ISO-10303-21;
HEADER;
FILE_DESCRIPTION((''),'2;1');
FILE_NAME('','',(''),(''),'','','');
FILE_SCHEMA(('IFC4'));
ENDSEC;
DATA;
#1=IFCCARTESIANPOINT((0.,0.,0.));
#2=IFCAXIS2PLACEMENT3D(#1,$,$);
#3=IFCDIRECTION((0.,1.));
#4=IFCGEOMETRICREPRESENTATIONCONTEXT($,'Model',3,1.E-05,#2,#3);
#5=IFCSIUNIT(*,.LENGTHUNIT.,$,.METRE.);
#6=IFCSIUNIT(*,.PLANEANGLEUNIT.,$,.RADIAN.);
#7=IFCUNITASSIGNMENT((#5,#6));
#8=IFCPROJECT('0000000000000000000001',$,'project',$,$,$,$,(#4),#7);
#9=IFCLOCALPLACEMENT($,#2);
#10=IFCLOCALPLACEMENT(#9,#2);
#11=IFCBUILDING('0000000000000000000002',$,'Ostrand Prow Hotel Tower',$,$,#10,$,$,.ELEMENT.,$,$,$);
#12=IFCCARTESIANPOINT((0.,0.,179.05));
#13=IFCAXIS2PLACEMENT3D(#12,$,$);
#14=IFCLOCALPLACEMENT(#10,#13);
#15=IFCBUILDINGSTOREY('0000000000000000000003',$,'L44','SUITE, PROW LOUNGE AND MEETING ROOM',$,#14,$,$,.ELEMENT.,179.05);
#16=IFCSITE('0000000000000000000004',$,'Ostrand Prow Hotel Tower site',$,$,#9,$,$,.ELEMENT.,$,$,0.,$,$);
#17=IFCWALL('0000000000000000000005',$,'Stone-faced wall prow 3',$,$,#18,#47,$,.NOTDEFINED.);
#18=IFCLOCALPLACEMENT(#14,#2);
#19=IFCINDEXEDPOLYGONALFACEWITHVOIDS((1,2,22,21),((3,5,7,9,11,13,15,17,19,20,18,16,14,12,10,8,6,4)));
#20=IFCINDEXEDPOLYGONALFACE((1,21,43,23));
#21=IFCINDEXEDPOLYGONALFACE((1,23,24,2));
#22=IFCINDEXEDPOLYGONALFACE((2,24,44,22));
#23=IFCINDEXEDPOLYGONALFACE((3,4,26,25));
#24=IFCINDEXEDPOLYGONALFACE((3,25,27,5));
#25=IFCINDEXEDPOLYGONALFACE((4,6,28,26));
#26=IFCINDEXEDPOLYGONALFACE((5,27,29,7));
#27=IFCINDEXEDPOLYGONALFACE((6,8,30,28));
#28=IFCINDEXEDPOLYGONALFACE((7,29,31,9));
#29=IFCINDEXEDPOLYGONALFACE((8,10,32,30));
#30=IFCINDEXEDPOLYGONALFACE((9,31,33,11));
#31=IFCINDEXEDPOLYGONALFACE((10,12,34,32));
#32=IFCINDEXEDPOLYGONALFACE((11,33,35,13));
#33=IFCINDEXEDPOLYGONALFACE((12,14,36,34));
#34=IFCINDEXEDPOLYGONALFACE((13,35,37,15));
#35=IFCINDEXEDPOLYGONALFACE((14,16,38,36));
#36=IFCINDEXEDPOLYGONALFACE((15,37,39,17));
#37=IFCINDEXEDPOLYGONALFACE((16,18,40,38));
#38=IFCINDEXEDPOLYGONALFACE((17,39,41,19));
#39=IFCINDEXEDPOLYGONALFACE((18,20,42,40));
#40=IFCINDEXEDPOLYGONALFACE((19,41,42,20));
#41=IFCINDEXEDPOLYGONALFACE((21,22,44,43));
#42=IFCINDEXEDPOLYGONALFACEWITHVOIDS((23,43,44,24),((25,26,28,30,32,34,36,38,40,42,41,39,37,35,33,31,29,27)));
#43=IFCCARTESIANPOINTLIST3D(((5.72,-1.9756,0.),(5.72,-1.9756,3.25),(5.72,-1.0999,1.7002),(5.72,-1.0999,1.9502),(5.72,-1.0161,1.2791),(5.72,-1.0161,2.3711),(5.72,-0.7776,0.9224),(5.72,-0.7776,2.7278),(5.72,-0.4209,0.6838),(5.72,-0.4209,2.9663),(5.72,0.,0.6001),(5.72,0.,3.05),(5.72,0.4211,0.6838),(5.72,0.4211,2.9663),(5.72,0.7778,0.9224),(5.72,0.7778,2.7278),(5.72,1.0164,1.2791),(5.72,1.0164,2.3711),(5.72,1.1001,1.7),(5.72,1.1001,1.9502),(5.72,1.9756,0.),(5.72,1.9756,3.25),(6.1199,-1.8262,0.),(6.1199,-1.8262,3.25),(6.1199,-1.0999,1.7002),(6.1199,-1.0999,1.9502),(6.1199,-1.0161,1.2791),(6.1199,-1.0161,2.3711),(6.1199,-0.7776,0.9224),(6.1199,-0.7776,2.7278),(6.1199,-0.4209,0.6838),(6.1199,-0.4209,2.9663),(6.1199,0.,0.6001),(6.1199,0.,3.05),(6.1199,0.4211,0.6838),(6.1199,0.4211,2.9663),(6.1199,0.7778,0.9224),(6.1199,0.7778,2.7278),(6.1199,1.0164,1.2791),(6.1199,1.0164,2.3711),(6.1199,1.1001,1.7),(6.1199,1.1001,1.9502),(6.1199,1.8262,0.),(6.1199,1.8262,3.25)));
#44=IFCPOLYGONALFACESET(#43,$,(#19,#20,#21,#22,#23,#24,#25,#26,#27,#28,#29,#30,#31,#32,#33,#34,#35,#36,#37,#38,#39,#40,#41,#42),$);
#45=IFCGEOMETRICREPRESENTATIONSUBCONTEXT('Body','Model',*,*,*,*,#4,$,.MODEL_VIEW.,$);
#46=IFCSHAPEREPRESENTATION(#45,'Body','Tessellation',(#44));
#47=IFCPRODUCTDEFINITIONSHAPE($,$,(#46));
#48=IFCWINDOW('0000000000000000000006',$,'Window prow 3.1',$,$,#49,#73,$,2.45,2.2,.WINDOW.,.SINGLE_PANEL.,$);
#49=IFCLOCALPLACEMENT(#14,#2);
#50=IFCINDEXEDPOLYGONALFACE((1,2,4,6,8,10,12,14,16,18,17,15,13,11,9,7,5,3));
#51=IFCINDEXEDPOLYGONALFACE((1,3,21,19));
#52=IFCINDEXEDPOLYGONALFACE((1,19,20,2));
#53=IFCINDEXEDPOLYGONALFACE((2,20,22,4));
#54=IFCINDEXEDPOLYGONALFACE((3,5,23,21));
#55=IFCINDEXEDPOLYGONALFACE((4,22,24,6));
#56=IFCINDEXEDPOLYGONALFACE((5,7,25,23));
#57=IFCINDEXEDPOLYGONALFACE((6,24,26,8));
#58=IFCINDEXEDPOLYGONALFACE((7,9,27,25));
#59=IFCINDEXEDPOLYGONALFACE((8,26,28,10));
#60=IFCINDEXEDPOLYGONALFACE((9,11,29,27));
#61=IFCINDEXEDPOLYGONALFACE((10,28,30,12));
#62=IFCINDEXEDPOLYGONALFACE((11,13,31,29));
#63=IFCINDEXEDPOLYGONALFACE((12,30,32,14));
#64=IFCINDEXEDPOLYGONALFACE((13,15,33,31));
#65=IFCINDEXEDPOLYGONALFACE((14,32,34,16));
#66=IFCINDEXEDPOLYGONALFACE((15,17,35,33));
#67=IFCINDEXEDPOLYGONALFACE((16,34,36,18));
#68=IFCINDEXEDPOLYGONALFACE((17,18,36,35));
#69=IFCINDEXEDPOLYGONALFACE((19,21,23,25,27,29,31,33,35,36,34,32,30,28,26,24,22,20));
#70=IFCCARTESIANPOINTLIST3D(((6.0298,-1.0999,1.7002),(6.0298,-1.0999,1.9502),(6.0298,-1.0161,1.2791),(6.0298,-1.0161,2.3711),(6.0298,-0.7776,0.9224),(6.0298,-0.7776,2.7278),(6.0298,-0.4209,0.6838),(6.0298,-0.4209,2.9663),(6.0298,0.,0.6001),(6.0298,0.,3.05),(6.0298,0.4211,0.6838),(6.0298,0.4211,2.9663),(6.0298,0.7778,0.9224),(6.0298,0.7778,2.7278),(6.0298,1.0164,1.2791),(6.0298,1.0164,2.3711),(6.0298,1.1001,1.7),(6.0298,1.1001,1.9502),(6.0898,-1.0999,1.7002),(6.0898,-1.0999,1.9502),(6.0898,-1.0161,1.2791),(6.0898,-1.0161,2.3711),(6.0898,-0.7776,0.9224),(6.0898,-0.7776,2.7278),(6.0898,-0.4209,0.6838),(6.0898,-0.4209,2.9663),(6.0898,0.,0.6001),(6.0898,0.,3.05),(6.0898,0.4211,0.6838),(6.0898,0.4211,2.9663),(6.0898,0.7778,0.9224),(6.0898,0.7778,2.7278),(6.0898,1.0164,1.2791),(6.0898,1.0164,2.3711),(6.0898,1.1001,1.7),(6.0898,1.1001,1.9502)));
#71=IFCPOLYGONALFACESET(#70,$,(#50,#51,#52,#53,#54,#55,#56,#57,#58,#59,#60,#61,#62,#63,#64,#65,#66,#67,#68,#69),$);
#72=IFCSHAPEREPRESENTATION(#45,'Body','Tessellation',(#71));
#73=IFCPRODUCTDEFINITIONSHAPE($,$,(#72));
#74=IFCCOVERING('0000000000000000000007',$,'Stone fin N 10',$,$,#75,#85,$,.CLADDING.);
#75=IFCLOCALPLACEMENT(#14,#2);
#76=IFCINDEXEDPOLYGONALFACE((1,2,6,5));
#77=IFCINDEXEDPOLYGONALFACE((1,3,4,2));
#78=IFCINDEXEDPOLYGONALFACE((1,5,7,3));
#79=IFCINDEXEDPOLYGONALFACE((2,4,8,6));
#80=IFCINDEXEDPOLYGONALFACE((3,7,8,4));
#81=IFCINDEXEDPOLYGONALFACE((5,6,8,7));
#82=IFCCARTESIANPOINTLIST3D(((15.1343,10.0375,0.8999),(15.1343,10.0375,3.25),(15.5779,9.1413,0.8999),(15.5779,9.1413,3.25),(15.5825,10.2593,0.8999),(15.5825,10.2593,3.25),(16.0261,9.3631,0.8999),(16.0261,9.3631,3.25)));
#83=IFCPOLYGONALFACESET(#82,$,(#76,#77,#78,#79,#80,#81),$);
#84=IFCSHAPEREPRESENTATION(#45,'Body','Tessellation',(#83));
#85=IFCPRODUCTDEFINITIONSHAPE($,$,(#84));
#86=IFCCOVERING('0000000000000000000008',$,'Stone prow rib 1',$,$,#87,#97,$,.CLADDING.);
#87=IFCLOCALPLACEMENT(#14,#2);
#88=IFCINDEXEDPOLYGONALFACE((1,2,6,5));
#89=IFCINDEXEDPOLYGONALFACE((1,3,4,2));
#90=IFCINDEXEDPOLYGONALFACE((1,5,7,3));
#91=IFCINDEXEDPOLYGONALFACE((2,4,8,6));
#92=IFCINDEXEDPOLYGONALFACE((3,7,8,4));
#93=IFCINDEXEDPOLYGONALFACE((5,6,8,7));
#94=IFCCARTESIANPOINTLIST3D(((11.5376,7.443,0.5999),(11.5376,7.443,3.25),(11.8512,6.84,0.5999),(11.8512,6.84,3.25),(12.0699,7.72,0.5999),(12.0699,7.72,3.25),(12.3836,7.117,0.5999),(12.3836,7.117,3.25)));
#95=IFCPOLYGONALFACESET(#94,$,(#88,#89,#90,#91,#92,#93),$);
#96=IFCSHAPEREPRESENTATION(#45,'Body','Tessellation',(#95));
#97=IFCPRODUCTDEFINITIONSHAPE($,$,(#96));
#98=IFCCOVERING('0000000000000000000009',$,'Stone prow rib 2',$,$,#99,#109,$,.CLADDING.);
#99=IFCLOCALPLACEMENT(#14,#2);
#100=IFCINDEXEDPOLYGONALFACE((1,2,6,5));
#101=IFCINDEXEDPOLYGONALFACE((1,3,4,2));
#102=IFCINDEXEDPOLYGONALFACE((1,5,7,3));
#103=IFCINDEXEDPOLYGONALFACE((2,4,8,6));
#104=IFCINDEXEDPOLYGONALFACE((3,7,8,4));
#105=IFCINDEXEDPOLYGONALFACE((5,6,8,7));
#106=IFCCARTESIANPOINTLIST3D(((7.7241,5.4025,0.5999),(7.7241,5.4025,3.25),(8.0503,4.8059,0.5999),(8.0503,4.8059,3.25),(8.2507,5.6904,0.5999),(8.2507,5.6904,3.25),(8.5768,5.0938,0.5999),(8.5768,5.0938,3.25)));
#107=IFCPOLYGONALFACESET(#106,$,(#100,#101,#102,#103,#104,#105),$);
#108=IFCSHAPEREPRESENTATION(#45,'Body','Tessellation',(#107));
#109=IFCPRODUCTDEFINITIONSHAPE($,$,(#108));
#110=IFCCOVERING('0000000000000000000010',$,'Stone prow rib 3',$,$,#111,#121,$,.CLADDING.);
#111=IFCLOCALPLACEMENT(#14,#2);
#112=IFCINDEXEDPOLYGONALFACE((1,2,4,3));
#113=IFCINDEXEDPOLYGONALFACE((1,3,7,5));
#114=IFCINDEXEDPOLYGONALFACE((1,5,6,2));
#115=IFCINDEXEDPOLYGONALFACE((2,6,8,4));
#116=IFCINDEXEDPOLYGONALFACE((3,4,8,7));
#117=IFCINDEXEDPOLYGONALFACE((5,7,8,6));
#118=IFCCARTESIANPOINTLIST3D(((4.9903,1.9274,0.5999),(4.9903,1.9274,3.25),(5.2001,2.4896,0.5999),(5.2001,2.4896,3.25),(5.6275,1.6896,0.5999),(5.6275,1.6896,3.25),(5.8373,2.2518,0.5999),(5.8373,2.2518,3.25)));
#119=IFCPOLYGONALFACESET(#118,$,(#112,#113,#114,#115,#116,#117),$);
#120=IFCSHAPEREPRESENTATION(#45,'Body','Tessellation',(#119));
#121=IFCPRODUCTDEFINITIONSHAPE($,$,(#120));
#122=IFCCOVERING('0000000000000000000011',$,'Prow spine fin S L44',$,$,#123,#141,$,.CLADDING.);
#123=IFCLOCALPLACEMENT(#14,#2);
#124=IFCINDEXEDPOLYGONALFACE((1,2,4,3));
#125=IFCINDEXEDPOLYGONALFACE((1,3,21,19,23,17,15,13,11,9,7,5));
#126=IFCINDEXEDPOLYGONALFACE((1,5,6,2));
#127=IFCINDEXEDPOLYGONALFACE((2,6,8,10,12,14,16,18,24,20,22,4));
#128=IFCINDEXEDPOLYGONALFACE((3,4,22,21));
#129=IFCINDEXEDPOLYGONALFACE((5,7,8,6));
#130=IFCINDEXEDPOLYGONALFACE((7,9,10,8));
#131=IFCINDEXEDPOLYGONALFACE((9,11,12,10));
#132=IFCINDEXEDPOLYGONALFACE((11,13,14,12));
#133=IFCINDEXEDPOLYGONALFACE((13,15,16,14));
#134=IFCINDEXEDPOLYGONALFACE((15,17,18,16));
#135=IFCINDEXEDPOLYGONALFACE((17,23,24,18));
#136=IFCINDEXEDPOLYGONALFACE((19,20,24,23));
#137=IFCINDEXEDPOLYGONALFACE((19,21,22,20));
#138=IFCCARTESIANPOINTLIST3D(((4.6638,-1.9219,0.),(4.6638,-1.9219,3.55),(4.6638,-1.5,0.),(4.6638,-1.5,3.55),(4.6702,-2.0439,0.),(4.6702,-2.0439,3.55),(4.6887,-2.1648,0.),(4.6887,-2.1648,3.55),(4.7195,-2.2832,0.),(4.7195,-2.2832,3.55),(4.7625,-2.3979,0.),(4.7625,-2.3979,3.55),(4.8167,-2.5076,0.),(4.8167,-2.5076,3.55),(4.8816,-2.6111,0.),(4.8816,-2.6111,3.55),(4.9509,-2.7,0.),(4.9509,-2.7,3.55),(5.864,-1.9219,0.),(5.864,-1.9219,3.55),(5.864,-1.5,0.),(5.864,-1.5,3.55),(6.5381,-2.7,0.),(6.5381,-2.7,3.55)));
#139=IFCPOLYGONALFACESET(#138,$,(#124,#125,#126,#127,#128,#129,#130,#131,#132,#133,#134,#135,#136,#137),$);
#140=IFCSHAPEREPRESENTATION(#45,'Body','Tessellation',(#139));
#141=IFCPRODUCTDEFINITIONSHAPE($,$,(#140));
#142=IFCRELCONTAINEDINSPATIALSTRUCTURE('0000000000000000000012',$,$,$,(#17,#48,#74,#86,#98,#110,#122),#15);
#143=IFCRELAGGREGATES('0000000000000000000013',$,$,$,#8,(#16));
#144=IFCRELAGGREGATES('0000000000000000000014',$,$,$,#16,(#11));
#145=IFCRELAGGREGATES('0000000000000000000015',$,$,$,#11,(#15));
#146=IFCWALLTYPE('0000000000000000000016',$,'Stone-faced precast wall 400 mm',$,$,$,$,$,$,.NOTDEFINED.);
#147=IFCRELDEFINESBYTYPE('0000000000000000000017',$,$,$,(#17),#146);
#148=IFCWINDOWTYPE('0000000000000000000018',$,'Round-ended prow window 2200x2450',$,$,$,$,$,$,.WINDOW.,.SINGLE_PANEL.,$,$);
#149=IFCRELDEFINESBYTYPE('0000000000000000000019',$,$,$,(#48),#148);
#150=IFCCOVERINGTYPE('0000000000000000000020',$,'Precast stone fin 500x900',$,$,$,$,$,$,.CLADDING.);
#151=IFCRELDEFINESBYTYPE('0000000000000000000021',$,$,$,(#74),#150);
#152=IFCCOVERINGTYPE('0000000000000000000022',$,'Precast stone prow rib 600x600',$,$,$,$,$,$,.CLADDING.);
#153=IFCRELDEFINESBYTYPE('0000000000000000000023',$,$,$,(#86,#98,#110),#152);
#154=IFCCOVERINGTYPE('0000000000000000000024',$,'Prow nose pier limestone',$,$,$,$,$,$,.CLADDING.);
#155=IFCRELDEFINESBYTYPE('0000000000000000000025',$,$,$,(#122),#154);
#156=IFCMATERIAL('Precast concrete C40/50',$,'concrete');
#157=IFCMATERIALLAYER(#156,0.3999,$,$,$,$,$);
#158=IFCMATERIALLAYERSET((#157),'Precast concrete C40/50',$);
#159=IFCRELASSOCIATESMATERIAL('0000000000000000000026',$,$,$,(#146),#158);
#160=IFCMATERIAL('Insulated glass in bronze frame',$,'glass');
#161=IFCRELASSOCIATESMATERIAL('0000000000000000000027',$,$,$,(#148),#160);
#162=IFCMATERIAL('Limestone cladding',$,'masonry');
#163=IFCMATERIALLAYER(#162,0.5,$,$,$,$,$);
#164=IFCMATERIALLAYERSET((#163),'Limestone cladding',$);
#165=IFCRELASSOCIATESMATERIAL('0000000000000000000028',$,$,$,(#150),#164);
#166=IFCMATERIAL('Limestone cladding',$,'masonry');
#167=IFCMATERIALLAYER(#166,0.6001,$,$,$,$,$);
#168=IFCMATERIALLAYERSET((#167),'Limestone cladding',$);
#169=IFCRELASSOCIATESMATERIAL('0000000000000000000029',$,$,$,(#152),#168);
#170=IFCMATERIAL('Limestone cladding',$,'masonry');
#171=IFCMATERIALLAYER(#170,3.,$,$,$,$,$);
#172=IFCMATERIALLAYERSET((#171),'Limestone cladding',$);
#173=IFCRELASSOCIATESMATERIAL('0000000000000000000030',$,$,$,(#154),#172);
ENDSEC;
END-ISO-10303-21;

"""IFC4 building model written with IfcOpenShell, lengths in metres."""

from ifc_helpers import new_model, si_unit, direction, frame, frame_2d, origin, place, context, subcontext, project, spatial, polyline, rectangle, outline, extrude, material, layer, layer_set, type_object, element, fill, save


model = new_model("IFC4")

# Units and contexts
model_context = context("Model", 3, precision=1e-05, world=origin(), true_north=direction((0.0, 1.0)))
body_context = subcontext(model_context, "Body", "Model", "MODEL_VIEW")
ifc_project = project(units=[si_unit("LENGTHUNIT", "METRE"), si_unit("PLANEANGLEUNIT", "RADIAN")], contexts=[model_context])

# Site, building, storey
site_placement = place(None, origin())
site = spatial("IfcSite", under=ifc_project, at=site_placement, Name="Ostrand Prow Hotel Tower site", CompositionType="ELEMENT", RefElevation=0.0)
building_placement = place(site_placement, origin())
building = spatial("IfcBuilding", under=site, at=building_placement, Name="Ostrand Prow Hotel Tower", CompositionType="ELEMENT")
storey_placement = place(building_placement, frame((0.0, 0.0, 179.05)))
storey = spatial("IfcBuildingStorey", under=building, at=storey_placement, Name="L44", Description="SUITE, PROW LOUNGE AND MEETING ROOM", CompositionType="ELEMENT", Elevation=179.05)

# Wall, opening, window
ifc_material_1 = material(Name="Precast concrete C40/50", Category="concrete")
ifc_layer_1 = layer(ifc_material_1, 0.3999)
ifc_layer_set_1 = layer_set([ifc_layer_1], Name="Precast concrete C40/50")
wall_type = type_object("IfcWallType", Name="Stone-faced precast wall 400 mm", PredefinedType="NOTDEFINED", material=ifc_layer_set_1)
ifc_material_2 = material(Name="Insulated glass in bronze frame", Category="glass")
window_type = type_object("IfcWindowType", Name="Round-ended prow window 2200x2450", PartitioningType="SINGLE_PANEL", PredefinedType="WINDOW", material=ifc_material_2)
wall_1_placement = place(storey_placement, frame((5.9199, 1.9009, 0.0), z_axis=(0.0, 0.0, 1.0), x_axis=(0.0, -1.0, 0.0)))
wall_1 = element("IfcWall", 1, at=wall_1_placement, inside=storey, type_object=wall_type, Name="Stone-faced wall prow 3", PredefinedType="NOTDEFINED", context=body_context, shape_type="SweptSolid", body=[
    extrude(outline(polyline([(-0.0747, -0.2), (3.8765, -0.2), (3.7271, 0.2), (0.0747, 0.2), (-0.0747, -0.2)])), origin(), (0.0, 0.0, 1.0), 3.25),
])
opening_1_placement = place(wall_1_placement, frame((0.8008, 0.0, 0.6001)))
opening_1 = element("IfcOpeningElement", 2, at=opening_1_placement, cuts=wall_1, PredefinedType="OPENING", context=body_context, shape_type="SweptSolid", body=[
    extrude(outline(polyline([(0.0, 1.3501), (0.0837, 1.771), (0.3223, 2.1277), (0.679, 2.3662), (1.1001, 2.45), (1.521, 2.3662), (1.8777, 2.1277), (2.1162, 1.771), (2.2, 1.3501), (2.2, 1.1001), (2.1162, 0.679), (1.8777, 0.3223), (1.521, 0.0837), (1.1001, 0.0), (0.679, 0.0837), (0.3223, 0.3223), (0.0837, 0.679), (0.0, 1.0999), (0.0, 1.3501)])), frame((0.0, 0.21, 0.0), z_axis=(0.0, -1.0, 0.0), x_axis=(1.0, 0.0, 0.0)), (0.0, 0.0, 1.0), 0.4199),
])
window_1_placement = place(opening_1_placement, origin())
window_1 = element("IfcWindow", 3, at=window_1_placement, inside=storey, type_object=window_type, Name="Window prow 3.1", OverallHeight=2.45, OverallWidth=2.2, PartitioningType="SINGLE_PANEL", PredefinedType="WINDOW", context=body_context, shape_type="SweptSolid", body=[
    extrude(outline(polyline([(0.0, 1.3501), (0.0837, 1.771), (0.3223, 2.1277), (0.679, 2.3662), (1.1001, 2.45), (1.521, 2.3662), (1.8777, 2.1277), (2.1162, 1.771), (2.2, 1.3501), (2.2, 1.1001), (2.1162, 0.679), (1.8777, 0.3223), (1.521, 0.0837), (1.1001, 0.0), (0.679, 0.0837), (0.3223, 0.3223), (0.0837, 0.679), (0.0, 1.0999), (0.0, 1.3501)])), frame((0.0, 0.1699, 0.0), z_axis=(0.0, -1.0, 0.0), x_axis=(1.0, 0.0, 0.0)), (0.0, 0.0, 1.0), 0.0601),
])
fill(opening_1, window_1)

# Coverings
ifc_material_3 = material(Name="Limestone cladding", Category="masonry")
ifc_layer_2 = layer(ifc_material_3, 0.5)
ifc_layer_set_2 = layer_set([ifc_layer_2], Name="Limestone cladding")
covering_type_1 = type_object("IfcCoveringType", Name="Precast stone fin 500x900", PredefinedType="CLADDING", material=ifc_layer_set_2)
covering_1_placement = place(storey_placement, frame((15.802, 9.2522, 0.8999), z_axis=(0.0, 0.0, 1.0), x_axis=(-0.443597, 0.896227, 0.0)))
element("IfcCovering", 4, at=covering_1_placement, inside=storey, type_object=covering_type_1, Name="Stone fin N 10", PredefinedType="CLADDING", context=body_context, shape_type="SweptSolid", body=[
    extrude(rectangle(XDim=1.0, YDim=0.5, at=frame_2d((0.5, 0.0))), origin(), (0.0, 0.0, 1.0), 2.3501),
])
ifc_material_4 = material(Name="Limestone cladding", Category="masonry")
ifc_layer_3 = layer(ifc_material_4, 0.6001)
ifc_layer_set_3 = layer_set([ifc_layer_3], Name="Limestone cladding")
covering_type_2 = type_object("IfcCoveringType", Name="Precast stone prow rib 600x600", PredefinedType="CLADDING", material=ifc_layer_set_3)
covering_2_placement = place(storey_placement, frame((12.1174, 6.9785, 0.5999), z_axis=(0.0, 0.0, 1.0), x_axis=(-0.461522, 0.887129, 0.0)))
element("IfcCovering", 5, at=covering_2_placement, inside=storey, type_object=covering_type_2, Name="Stone prow rib 1", PredefinedType="CLADDING", context=body_context, shape_type="SweptSolid", body=[
    extrude(rectangle(XDim=0.6797, YDim=0.6001, at=frame_2d((0.3398, 0.0))), origin(), (0.0, 0.0, 1.0), 2.6501),
])
covering_3_placement = place(storey_placement, frame((8.3135, 4.95, 0.5999), z_axis=(0.0, 0.0, 1.0), x_axis=(-0.479657, 0.877456, 0.0)))
element("IfcCovering", 6, at=covering_3_placement, inside=storey, type_object=covering_type_2, Name="Stone prow rib 2", PredefinedType="CLADDING", context=body_context, shape_type="SweptSolid", body=[
    extrude(rectangle(XDim=0.6799, YDim=0.6001, at=frame_2d((0.3398, 0.0))), origin(), (0.0, 0.0, 1.0), 2.6501),
])
covering_4_placement = place(storey_placement, frame((5.7324, 1.9707, 0.5999), z_axis=(0.0, 0.0, 1.0), x_axis=(-0.936889, 0.349628, 0.0)))
element("IfcCovering", 7, at=covering_4_placement, inside=storey, type_object=covering_type_2, Name="Stone prow rib 3", PredefinedType="CLADDING", context=body_context, shape_type="SweptSolid", body=[
    extrude(rectangle(XDim=0.6802, YDim=0.6001, at=frame_2d((0.3401, 0.0))), origin(), (0.0, 0.0, 1.0), 2.6501),
])
ifc_material_5 = material(Name="Limestone cladding", Category="masonry")
ifc_layer_4 = layer(ifc_material_5, 3.0)
ifc_layer_set_4 = layer_set([ifc_layer_4], Name="Limestone cladding")
covering_type_3 = type_object("IfcCoveringType", Name="Prow nose pier limestone", PredefinedType="CLADDING", material=ifc_layer_set_4)
covering_5_placement = place(storey_placement, origin())
element("IfcCovering", 8, at=covering_5_placement, inside=storey, type_object=covering_type_3, Name="Prow spine fin S L44", PredefinedType="CLADDING", context=body_context, shape_type="SweptSolid", body=[
    extrude(outline(polyline([(4.8816, -2.6111), (4.9509, -2.7), (6.5381, -2.7), (5.864, -1.9219), (5.864, -1.5), (4.6638, -1.5), (4.6638, -1.9219), (4.6702, -2.0439), (4.6887, -2.1648), (4.7195, -2.2832), (4.7625, -2.3979), (4.8167, -2.5076), (4.8816, -2.6111)])), origin(), (0.0, 0.0, 1.0), 3.55),
])

save(model, "model.ifc")
